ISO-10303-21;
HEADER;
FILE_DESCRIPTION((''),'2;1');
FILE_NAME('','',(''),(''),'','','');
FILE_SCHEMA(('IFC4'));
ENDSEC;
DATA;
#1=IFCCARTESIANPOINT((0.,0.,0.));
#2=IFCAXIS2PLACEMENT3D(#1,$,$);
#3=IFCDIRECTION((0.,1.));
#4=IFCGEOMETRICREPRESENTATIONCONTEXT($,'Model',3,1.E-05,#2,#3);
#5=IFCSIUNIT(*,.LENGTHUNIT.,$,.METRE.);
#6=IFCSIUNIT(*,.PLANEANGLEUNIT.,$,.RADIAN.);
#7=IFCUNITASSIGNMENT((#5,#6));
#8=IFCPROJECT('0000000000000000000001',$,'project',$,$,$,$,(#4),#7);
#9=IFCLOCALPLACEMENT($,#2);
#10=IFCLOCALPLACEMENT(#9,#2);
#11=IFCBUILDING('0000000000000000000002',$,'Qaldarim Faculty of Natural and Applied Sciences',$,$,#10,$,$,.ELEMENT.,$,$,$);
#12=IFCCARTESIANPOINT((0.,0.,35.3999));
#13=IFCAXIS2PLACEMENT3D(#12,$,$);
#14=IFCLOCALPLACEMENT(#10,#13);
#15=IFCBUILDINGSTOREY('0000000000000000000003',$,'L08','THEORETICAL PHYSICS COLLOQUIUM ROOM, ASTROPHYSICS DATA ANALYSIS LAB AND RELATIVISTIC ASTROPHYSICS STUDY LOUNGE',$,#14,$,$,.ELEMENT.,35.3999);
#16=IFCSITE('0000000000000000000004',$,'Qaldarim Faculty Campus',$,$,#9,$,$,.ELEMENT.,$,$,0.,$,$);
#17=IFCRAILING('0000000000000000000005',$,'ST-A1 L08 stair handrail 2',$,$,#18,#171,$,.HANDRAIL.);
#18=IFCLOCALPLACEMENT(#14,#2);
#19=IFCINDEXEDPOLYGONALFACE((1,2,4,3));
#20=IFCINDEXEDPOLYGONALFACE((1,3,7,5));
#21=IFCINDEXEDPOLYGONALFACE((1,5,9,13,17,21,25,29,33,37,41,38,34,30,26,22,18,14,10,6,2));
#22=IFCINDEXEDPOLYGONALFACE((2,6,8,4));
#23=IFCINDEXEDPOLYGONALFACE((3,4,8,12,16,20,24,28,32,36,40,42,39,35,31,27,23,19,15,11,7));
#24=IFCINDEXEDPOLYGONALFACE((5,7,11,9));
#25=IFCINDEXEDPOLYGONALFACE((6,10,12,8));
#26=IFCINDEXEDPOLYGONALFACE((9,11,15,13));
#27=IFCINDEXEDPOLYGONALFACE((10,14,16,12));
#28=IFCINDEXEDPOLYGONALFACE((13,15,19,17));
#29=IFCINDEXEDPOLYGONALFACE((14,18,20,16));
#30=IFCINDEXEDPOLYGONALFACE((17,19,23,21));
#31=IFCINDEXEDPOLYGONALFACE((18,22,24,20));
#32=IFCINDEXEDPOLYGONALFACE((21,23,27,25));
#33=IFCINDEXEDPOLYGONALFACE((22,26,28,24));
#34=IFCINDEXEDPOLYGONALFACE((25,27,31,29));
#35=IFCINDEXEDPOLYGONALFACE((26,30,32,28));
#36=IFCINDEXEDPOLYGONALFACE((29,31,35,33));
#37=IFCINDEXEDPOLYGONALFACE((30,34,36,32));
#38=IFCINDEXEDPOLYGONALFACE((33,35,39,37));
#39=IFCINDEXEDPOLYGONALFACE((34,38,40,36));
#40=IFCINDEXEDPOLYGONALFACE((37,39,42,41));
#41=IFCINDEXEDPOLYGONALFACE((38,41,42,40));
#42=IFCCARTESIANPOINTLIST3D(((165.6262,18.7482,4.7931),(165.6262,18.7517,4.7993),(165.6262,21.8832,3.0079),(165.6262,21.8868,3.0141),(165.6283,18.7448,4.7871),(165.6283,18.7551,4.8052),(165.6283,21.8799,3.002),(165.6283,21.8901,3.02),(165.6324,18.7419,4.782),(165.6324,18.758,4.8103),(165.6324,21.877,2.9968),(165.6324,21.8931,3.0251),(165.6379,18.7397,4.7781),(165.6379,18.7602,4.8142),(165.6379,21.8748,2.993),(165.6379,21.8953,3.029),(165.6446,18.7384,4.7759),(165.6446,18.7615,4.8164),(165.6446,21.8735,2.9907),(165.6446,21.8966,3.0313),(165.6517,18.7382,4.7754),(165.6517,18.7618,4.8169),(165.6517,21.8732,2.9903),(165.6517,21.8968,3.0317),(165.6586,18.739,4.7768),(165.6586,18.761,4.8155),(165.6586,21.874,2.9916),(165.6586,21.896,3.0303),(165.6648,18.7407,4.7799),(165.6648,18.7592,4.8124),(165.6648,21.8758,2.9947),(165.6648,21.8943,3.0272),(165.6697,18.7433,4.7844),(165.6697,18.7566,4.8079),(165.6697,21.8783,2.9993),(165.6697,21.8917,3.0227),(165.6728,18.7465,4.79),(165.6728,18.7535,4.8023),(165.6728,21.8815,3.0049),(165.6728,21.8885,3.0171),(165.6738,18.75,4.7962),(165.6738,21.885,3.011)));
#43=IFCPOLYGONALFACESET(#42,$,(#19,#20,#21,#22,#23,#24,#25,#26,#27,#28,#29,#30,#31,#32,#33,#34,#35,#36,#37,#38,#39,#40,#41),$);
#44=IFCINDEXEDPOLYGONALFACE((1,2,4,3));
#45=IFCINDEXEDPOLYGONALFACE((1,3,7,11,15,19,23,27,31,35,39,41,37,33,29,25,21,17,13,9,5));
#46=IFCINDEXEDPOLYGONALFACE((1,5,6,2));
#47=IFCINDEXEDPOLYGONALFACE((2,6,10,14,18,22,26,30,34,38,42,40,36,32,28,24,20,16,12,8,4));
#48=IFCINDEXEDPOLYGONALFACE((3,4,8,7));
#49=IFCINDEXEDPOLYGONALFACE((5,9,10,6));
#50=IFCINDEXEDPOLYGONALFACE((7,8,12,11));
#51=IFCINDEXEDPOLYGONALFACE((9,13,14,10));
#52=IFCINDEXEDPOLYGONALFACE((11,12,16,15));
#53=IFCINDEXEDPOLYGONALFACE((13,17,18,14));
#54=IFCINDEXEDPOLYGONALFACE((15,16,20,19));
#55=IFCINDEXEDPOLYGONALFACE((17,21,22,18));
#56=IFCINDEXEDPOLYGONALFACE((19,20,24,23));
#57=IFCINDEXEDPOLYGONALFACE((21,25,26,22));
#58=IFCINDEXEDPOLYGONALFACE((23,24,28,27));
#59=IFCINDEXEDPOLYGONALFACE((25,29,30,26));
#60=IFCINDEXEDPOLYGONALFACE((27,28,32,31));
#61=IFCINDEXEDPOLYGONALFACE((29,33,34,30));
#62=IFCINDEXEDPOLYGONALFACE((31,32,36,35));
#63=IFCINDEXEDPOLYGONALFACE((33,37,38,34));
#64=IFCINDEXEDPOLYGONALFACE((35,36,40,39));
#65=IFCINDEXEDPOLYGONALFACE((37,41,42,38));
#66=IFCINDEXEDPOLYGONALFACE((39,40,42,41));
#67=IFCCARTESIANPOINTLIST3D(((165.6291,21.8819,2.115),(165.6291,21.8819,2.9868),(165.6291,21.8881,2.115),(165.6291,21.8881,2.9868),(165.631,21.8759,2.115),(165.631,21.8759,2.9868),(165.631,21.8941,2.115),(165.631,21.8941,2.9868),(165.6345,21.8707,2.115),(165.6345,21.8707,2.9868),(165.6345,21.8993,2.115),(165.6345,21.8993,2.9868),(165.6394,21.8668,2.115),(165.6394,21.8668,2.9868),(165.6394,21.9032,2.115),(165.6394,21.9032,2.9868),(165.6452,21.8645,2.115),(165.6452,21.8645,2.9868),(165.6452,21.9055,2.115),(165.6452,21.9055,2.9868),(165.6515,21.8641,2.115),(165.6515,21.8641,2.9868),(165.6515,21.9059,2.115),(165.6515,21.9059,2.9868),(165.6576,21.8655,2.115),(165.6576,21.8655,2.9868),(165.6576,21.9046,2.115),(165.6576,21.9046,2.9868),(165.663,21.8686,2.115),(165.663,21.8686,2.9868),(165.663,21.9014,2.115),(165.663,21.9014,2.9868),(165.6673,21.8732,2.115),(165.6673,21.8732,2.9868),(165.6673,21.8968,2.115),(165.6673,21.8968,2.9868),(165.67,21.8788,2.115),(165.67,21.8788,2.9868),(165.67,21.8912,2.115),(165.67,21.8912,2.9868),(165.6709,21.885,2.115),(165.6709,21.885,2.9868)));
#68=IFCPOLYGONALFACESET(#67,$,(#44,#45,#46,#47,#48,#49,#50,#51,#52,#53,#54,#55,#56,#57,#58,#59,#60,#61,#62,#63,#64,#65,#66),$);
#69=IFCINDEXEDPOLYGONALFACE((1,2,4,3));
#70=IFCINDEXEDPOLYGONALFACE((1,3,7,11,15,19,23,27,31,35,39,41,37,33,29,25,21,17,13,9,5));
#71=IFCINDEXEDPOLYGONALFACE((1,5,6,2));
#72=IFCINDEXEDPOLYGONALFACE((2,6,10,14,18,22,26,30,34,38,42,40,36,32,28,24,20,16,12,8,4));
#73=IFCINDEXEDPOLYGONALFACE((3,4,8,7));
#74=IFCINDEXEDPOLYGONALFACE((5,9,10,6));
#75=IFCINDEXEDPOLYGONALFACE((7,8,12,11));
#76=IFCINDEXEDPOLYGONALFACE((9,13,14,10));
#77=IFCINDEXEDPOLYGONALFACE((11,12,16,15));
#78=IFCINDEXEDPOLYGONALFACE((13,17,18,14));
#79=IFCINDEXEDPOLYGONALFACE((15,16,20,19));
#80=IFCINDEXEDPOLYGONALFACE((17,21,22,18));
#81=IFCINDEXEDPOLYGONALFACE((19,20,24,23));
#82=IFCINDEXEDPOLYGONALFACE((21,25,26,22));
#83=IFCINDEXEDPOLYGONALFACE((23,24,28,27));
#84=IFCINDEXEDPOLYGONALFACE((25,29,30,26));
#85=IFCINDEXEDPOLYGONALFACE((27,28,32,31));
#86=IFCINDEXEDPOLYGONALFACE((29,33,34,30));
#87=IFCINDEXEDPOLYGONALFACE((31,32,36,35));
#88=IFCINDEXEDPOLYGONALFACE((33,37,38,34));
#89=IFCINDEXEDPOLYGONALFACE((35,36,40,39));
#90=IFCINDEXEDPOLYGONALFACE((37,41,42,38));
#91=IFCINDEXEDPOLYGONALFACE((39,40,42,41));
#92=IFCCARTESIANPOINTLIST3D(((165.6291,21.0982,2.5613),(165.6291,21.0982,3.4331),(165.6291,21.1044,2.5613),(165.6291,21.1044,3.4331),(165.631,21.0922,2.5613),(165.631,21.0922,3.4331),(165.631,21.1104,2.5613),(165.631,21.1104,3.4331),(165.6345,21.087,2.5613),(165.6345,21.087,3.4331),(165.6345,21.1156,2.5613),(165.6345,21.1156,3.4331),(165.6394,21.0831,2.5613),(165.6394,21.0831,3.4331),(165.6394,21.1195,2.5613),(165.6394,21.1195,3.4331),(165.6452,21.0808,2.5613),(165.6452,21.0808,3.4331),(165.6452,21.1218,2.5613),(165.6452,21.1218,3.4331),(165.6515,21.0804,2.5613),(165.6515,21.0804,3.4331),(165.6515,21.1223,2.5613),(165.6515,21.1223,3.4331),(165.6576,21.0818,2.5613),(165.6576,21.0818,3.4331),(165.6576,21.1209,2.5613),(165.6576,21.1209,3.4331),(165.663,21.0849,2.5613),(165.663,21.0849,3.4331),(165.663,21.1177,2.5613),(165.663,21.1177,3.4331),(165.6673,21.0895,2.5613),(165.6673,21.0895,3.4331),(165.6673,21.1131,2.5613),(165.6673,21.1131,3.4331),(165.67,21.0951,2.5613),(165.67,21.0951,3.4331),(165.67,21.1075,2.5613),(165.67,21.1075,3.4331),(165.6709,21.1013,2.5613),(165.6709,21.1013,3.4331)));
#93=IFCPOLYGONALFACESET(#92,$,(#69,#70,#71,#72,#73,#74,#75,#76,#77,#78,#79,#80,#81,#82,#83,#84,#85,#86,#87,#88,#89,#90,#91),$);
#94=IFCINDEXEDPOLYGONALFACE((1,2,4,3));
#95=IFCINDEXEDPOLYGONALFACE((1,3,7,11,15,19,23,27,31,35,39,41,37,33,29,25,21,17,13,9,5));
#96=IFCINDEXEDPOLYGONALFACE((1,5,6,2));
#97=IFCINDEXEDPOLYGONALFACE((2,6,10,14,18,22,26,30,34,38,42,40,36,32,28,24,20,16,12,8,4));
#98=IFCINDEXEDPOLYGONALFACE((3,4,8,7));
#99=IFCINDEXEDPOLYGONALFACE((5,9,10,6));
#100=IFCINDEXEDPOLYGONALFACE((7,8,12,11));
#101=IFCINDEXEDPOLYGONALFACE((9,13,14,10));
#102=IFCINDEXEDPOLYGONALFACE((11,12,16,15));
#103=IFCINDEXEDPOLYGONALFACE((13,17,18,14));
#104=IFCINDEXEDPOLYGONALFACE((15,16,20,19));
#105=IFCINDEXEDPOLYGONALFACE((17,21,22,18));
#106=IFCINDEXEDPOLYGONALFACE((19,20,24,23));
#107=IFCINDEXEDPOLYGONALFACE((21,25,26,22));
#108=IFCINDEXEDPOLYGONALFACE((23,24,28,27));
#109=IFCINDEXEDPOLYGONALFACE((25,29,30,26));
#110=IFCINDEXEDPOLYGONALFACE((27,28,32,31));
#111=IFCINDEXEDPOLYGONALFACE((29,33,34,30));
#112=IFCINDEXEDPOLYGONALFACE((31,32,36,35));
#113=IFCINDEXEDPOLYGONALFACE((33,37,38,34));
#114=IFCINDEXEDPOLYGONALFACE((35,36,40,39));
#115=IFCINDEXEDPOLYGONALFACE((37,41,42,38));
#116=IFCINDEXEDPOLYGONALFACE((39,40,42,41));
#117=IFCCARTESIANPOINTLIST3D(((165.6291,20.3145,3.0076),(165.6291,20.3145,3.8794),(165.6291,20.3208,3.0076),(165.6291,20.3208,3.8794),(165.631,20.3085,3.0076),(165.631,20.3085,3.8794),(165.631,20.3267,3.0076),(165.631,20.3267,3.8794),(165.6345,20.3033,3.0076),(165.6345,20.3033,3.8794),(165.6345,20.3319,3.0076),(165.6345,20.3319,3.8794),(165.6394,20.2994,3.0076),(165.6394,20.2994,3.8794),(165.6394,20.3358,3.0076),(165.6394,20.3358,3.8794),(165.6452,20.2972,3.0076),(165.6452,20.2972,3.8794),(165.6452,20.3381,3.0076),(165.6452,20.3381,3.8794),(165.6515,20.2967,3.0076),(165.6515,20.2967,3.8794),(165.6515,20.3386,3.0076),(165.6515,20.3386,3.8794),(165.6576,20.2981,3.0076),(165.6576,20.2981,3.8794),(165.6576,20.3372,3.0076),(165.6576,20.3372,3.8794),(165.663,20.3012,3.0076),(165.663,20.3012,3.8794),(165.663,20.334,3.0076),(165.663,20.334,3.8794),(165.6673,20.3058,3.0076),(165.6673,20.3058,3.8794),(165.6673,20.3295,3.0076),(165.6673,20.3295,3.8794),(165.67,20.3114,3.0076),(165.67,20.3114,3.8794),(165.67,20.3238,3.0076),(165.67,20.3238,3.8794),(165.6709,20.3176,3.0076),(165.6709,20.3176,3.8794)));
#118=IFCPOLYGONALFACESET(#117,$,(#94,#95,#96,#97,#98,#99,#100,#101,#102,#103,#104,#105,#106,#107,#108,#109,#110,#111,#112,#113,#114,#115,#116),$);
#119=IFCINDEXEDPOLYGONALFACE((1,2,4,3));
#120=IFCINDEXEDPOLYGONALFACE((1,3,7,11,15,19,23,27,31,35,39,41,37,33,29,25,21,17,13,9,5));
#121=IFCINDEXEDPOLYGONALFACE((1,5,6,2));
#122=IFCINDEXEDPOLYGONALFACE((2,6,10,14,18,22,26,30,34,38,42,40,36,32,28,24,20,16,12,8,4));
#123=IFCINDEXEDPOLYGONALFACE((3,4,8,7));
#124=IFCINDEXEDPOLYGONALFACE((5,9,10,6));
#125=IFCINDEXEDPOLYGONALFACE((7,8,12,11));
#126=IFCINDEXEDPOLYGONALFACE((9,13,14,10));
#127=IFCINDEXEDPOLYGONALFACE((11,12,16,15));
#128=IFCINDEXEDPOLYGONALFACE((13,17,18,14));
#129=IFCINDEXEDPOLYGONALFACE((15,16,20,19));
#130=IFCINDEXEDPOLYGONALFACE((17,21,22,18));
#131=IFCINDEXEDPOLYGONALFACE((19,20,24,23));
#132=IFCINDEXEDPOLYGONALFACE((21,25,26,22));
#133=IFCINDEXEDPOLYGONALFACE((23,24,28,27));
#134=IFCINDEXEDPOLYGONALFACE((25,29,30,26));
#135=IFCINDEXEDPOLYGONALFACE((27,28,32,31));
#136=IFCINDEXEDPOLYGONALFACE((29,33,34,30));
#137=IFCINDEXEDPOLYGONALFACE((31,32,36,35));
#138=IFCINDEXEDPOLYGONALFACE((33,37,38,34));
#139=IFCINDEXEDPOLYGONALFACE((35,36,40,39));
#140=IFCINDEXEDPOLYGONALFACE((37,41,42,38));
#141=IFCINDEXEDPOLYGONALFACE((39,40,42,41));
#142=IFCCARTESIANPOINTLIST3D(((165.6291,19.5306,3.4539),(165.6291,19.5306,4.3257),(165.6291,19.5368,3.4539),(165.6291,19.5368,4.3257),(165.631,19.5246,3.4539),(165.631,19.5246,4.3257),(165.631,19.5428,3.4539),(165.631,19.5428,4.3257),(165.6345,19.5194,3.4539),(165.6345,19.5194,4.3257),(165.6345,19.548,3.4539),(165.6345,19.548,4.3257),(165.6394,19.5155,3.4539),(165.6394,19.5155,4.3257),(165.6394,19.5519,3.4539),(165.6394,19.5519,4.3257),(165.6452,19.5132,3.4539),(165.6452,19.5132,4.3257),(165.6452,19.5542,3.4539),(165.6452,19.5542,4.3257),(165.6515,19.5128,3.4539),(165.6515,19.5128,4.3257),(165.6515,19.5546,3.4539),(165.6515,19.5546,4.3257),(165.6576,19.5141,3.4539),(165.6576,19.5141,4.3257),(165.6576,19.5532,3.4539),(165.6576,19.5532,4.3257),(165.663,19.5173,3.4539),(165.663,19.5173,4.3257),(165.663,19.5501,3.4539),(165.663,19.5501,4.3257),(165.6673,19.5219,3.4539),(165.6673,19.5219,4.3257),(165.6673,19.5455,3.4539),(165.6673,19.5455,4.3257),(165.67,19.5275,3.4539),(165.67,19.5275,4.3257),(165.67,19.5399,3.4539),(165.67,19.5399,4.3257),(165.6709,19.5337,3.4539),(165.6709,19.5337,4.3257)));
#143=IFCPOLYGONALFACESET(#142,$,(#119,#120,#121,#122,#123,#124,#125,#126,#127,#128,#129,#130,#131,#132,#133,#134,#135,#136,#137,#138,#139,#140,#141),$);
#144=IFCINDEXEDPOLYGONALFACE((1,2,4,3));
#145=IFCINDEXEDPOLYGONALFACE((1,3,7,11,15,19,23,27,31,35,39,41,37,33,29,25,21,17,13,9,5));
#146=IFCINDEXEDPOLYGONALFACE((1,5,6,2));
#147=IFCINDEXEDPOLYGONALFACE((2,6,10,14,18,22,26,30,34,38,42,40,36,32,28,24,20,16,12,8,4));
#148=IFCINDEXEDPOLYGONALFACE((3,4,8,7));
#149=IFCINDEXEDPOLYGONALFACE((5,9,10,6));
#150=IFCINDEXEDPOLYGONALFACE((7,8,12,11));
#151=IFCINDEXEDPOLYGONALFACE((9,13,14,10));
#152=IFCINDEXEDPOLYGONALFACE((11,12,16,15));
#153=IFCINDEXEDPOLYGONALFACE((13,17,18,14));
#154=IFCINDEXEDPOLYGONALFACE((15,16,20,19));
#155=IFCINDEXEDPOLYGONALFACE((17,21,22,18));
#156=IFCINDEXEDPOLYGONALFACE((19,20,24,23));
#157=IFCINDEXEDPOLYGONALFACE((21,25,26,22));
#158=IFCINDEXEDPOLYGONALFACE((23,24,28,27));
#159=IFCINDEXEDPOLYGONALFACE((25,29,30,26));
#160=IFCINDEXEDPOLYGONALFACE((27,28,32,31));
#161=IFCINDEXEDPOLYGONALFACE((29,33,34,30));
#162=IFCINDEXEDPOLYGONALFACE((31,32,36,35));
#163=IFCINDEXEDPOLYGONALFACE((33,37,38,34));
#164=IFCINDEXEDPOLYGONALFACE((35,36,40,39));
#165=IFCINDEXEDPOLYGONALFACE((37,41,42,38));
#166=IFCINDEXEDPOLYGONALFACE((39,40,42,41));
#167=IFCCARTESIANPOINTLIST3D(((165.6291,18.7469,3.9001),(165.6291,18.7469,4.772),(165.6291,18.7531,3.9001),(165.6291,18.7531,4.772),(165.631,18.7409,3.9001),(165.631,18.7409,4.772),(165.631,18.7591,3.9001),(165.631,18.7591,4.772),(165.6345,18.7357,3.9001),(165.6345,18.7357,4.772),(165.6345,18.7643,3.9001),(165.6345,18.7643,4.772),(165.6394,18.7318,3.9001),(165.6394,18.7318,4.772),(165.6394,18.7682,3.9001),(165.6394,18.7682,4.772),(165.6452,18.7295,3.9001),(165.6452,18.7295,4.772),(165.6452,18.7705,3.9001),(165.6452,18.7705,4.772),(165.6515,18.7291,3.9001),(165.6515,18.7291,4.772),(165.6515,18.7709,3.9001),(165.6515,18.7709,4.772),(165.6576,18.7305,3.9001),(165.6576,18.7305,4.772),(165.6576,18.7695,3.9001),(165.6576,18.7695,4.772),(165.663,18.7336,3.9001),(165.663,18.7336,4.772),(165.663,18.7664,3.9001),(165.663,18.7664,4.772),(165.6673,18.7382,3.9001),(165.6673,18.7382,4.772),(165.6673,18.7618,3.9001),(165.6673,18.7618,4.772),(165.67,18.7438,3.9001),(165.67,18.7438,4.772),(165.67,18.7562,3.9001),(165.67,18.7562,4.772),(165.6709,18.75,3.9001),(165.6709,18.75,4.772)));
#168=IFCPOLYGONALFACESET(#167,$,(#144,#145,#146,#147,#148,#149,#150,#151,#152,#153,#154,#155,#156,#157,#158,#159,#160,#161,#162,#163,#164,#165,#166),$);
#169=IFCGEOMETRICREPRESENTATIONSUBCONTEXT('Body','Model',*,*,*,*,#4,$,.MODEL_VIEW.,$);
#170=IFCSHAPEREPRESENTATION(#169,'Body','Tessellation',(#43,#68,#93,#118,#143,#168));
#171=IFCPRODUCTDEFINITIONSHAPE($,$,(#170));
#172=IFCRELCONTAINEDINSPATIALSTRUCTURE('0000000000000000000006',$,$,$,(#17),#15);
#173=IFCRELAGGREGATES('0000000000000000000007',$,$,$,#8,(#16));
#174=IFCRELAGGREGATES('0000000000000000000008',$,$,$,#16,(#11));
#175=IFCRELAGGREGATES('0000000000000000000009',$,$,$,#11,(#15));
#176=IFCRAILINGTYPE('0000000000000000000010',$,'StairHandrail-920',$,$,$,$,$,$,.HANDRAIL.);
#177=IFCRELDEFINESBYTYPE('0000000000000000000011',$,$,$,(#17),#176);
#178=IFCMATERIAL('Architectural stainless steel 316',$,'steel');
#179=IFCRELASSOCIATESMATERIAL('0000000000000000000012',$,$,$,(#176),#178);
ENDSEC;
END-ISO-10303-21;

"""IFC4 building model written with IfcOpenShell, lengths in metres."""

from ifc_helpers import new_model, si_unit, direction, frame, origin, origin_2d, place, context, subcontext, project, spatial, circle, extrude, material, type_object, element, save


model = new_model("IFC4")

# Units and contexts
model_context = context("Model", 3, precision=1e-05, world=origin(), true_north=direction((0.0, 1.0)))
body_context = subcontext(model_context, "Body", "Model", "MODEL_VIEW")
ifc_project = project(units=[si_unit("LENGTHUNIT", "METRE"), si_unit("PLANEANGLEUNIT", "RADIAN")], contexts=[model_context])

# Site, building, storey
site_placement = place(None, origin())
site = spatial("IfcSite", under=ifc_project, at=site_placement, Name="Qaldarim Faculty Campus", CompositionType="ELEMENT", RefElevation=0.0)
building_placement = place(site_placement, origin())
building = spatial("IfcBuilding", under=site, at=building_placement, Name="Qaldarim Faculty of Natural and Applied Sciences", CompositionType="ELEMENT")
storey_placement = place(building_placement, frame((0.0, 0.0, 35.3999)))
storey = spatial("IfcBuildingStorey", under=building, at=storey_placement, Name="L08", Description="THEORETICAL PHYSICS COLLOQUIUM ROOM, ASTROPHYSICS DATA ANALYSIS LAB AND RELATIVISTIC ASTROPHYSICS STUDY LOUNGE", CompositionType="ELEMENT", Elevation=35.3999)

# Shared definitions
ifc_material_1 = material(Name="Architectural stainless steel 316", Category="steel")

# Railing
railing_type_1 = type_object("IfcRailingType", Name="StairHandrail-920", PredefinedType="HANDRAIL", material=ifc_material_1)
railing_1_placement = place(storey_placement, frame((165.6499, 21.885, 2.115)))
element("IfcRailing", 1, at=railing_1_placement, inside=storey, type_object=railing_type_1, Name="ST-A1 L08 stair handrail 2", PredefinedType="HANDRAIL", context=body_context, shape_type="SweptSolid", body=[
    extrude(circle(Radius=0.0239, at=origin_2d()), frame((0.0, 0.0, 0.896), z_axis=(0.0, -0.868992, 0.494827), x_axis=(1.0, 0.0, 0.0)), (0.0, 0.0, 1.0), 3.6077),
    extrude(circle(Radius=0.021, at=origin_2d()), origin(), (0.0, 0.0, 1.0), 0.8718),
    extrude(circle(Radius=0.021, at=origin_2d()), frame((0.0, -0.7837, 0.4463)), (0.0, 0.0, 1.0), 0.8718),
    extrude(circle(Radius=0.021, at=origin_2d()), frame((0.0, -1.5674, 0.8926)), (0.0, 0.0, 1.0), 0.8718),
    extrude(circle(Radius=0.021, at=origin_2d()), frame((0.0, -2.3513, 1.3389)), (0.0, 0.0, 1.0), 0.8718),
    extrude(circle(Radius=0.021, at=origin_2d()), frame((0.0, -3.135, 1.7852)), (0.0, 0.0, 1.0), 0.8718),
])

save(model, "model.ifc")
